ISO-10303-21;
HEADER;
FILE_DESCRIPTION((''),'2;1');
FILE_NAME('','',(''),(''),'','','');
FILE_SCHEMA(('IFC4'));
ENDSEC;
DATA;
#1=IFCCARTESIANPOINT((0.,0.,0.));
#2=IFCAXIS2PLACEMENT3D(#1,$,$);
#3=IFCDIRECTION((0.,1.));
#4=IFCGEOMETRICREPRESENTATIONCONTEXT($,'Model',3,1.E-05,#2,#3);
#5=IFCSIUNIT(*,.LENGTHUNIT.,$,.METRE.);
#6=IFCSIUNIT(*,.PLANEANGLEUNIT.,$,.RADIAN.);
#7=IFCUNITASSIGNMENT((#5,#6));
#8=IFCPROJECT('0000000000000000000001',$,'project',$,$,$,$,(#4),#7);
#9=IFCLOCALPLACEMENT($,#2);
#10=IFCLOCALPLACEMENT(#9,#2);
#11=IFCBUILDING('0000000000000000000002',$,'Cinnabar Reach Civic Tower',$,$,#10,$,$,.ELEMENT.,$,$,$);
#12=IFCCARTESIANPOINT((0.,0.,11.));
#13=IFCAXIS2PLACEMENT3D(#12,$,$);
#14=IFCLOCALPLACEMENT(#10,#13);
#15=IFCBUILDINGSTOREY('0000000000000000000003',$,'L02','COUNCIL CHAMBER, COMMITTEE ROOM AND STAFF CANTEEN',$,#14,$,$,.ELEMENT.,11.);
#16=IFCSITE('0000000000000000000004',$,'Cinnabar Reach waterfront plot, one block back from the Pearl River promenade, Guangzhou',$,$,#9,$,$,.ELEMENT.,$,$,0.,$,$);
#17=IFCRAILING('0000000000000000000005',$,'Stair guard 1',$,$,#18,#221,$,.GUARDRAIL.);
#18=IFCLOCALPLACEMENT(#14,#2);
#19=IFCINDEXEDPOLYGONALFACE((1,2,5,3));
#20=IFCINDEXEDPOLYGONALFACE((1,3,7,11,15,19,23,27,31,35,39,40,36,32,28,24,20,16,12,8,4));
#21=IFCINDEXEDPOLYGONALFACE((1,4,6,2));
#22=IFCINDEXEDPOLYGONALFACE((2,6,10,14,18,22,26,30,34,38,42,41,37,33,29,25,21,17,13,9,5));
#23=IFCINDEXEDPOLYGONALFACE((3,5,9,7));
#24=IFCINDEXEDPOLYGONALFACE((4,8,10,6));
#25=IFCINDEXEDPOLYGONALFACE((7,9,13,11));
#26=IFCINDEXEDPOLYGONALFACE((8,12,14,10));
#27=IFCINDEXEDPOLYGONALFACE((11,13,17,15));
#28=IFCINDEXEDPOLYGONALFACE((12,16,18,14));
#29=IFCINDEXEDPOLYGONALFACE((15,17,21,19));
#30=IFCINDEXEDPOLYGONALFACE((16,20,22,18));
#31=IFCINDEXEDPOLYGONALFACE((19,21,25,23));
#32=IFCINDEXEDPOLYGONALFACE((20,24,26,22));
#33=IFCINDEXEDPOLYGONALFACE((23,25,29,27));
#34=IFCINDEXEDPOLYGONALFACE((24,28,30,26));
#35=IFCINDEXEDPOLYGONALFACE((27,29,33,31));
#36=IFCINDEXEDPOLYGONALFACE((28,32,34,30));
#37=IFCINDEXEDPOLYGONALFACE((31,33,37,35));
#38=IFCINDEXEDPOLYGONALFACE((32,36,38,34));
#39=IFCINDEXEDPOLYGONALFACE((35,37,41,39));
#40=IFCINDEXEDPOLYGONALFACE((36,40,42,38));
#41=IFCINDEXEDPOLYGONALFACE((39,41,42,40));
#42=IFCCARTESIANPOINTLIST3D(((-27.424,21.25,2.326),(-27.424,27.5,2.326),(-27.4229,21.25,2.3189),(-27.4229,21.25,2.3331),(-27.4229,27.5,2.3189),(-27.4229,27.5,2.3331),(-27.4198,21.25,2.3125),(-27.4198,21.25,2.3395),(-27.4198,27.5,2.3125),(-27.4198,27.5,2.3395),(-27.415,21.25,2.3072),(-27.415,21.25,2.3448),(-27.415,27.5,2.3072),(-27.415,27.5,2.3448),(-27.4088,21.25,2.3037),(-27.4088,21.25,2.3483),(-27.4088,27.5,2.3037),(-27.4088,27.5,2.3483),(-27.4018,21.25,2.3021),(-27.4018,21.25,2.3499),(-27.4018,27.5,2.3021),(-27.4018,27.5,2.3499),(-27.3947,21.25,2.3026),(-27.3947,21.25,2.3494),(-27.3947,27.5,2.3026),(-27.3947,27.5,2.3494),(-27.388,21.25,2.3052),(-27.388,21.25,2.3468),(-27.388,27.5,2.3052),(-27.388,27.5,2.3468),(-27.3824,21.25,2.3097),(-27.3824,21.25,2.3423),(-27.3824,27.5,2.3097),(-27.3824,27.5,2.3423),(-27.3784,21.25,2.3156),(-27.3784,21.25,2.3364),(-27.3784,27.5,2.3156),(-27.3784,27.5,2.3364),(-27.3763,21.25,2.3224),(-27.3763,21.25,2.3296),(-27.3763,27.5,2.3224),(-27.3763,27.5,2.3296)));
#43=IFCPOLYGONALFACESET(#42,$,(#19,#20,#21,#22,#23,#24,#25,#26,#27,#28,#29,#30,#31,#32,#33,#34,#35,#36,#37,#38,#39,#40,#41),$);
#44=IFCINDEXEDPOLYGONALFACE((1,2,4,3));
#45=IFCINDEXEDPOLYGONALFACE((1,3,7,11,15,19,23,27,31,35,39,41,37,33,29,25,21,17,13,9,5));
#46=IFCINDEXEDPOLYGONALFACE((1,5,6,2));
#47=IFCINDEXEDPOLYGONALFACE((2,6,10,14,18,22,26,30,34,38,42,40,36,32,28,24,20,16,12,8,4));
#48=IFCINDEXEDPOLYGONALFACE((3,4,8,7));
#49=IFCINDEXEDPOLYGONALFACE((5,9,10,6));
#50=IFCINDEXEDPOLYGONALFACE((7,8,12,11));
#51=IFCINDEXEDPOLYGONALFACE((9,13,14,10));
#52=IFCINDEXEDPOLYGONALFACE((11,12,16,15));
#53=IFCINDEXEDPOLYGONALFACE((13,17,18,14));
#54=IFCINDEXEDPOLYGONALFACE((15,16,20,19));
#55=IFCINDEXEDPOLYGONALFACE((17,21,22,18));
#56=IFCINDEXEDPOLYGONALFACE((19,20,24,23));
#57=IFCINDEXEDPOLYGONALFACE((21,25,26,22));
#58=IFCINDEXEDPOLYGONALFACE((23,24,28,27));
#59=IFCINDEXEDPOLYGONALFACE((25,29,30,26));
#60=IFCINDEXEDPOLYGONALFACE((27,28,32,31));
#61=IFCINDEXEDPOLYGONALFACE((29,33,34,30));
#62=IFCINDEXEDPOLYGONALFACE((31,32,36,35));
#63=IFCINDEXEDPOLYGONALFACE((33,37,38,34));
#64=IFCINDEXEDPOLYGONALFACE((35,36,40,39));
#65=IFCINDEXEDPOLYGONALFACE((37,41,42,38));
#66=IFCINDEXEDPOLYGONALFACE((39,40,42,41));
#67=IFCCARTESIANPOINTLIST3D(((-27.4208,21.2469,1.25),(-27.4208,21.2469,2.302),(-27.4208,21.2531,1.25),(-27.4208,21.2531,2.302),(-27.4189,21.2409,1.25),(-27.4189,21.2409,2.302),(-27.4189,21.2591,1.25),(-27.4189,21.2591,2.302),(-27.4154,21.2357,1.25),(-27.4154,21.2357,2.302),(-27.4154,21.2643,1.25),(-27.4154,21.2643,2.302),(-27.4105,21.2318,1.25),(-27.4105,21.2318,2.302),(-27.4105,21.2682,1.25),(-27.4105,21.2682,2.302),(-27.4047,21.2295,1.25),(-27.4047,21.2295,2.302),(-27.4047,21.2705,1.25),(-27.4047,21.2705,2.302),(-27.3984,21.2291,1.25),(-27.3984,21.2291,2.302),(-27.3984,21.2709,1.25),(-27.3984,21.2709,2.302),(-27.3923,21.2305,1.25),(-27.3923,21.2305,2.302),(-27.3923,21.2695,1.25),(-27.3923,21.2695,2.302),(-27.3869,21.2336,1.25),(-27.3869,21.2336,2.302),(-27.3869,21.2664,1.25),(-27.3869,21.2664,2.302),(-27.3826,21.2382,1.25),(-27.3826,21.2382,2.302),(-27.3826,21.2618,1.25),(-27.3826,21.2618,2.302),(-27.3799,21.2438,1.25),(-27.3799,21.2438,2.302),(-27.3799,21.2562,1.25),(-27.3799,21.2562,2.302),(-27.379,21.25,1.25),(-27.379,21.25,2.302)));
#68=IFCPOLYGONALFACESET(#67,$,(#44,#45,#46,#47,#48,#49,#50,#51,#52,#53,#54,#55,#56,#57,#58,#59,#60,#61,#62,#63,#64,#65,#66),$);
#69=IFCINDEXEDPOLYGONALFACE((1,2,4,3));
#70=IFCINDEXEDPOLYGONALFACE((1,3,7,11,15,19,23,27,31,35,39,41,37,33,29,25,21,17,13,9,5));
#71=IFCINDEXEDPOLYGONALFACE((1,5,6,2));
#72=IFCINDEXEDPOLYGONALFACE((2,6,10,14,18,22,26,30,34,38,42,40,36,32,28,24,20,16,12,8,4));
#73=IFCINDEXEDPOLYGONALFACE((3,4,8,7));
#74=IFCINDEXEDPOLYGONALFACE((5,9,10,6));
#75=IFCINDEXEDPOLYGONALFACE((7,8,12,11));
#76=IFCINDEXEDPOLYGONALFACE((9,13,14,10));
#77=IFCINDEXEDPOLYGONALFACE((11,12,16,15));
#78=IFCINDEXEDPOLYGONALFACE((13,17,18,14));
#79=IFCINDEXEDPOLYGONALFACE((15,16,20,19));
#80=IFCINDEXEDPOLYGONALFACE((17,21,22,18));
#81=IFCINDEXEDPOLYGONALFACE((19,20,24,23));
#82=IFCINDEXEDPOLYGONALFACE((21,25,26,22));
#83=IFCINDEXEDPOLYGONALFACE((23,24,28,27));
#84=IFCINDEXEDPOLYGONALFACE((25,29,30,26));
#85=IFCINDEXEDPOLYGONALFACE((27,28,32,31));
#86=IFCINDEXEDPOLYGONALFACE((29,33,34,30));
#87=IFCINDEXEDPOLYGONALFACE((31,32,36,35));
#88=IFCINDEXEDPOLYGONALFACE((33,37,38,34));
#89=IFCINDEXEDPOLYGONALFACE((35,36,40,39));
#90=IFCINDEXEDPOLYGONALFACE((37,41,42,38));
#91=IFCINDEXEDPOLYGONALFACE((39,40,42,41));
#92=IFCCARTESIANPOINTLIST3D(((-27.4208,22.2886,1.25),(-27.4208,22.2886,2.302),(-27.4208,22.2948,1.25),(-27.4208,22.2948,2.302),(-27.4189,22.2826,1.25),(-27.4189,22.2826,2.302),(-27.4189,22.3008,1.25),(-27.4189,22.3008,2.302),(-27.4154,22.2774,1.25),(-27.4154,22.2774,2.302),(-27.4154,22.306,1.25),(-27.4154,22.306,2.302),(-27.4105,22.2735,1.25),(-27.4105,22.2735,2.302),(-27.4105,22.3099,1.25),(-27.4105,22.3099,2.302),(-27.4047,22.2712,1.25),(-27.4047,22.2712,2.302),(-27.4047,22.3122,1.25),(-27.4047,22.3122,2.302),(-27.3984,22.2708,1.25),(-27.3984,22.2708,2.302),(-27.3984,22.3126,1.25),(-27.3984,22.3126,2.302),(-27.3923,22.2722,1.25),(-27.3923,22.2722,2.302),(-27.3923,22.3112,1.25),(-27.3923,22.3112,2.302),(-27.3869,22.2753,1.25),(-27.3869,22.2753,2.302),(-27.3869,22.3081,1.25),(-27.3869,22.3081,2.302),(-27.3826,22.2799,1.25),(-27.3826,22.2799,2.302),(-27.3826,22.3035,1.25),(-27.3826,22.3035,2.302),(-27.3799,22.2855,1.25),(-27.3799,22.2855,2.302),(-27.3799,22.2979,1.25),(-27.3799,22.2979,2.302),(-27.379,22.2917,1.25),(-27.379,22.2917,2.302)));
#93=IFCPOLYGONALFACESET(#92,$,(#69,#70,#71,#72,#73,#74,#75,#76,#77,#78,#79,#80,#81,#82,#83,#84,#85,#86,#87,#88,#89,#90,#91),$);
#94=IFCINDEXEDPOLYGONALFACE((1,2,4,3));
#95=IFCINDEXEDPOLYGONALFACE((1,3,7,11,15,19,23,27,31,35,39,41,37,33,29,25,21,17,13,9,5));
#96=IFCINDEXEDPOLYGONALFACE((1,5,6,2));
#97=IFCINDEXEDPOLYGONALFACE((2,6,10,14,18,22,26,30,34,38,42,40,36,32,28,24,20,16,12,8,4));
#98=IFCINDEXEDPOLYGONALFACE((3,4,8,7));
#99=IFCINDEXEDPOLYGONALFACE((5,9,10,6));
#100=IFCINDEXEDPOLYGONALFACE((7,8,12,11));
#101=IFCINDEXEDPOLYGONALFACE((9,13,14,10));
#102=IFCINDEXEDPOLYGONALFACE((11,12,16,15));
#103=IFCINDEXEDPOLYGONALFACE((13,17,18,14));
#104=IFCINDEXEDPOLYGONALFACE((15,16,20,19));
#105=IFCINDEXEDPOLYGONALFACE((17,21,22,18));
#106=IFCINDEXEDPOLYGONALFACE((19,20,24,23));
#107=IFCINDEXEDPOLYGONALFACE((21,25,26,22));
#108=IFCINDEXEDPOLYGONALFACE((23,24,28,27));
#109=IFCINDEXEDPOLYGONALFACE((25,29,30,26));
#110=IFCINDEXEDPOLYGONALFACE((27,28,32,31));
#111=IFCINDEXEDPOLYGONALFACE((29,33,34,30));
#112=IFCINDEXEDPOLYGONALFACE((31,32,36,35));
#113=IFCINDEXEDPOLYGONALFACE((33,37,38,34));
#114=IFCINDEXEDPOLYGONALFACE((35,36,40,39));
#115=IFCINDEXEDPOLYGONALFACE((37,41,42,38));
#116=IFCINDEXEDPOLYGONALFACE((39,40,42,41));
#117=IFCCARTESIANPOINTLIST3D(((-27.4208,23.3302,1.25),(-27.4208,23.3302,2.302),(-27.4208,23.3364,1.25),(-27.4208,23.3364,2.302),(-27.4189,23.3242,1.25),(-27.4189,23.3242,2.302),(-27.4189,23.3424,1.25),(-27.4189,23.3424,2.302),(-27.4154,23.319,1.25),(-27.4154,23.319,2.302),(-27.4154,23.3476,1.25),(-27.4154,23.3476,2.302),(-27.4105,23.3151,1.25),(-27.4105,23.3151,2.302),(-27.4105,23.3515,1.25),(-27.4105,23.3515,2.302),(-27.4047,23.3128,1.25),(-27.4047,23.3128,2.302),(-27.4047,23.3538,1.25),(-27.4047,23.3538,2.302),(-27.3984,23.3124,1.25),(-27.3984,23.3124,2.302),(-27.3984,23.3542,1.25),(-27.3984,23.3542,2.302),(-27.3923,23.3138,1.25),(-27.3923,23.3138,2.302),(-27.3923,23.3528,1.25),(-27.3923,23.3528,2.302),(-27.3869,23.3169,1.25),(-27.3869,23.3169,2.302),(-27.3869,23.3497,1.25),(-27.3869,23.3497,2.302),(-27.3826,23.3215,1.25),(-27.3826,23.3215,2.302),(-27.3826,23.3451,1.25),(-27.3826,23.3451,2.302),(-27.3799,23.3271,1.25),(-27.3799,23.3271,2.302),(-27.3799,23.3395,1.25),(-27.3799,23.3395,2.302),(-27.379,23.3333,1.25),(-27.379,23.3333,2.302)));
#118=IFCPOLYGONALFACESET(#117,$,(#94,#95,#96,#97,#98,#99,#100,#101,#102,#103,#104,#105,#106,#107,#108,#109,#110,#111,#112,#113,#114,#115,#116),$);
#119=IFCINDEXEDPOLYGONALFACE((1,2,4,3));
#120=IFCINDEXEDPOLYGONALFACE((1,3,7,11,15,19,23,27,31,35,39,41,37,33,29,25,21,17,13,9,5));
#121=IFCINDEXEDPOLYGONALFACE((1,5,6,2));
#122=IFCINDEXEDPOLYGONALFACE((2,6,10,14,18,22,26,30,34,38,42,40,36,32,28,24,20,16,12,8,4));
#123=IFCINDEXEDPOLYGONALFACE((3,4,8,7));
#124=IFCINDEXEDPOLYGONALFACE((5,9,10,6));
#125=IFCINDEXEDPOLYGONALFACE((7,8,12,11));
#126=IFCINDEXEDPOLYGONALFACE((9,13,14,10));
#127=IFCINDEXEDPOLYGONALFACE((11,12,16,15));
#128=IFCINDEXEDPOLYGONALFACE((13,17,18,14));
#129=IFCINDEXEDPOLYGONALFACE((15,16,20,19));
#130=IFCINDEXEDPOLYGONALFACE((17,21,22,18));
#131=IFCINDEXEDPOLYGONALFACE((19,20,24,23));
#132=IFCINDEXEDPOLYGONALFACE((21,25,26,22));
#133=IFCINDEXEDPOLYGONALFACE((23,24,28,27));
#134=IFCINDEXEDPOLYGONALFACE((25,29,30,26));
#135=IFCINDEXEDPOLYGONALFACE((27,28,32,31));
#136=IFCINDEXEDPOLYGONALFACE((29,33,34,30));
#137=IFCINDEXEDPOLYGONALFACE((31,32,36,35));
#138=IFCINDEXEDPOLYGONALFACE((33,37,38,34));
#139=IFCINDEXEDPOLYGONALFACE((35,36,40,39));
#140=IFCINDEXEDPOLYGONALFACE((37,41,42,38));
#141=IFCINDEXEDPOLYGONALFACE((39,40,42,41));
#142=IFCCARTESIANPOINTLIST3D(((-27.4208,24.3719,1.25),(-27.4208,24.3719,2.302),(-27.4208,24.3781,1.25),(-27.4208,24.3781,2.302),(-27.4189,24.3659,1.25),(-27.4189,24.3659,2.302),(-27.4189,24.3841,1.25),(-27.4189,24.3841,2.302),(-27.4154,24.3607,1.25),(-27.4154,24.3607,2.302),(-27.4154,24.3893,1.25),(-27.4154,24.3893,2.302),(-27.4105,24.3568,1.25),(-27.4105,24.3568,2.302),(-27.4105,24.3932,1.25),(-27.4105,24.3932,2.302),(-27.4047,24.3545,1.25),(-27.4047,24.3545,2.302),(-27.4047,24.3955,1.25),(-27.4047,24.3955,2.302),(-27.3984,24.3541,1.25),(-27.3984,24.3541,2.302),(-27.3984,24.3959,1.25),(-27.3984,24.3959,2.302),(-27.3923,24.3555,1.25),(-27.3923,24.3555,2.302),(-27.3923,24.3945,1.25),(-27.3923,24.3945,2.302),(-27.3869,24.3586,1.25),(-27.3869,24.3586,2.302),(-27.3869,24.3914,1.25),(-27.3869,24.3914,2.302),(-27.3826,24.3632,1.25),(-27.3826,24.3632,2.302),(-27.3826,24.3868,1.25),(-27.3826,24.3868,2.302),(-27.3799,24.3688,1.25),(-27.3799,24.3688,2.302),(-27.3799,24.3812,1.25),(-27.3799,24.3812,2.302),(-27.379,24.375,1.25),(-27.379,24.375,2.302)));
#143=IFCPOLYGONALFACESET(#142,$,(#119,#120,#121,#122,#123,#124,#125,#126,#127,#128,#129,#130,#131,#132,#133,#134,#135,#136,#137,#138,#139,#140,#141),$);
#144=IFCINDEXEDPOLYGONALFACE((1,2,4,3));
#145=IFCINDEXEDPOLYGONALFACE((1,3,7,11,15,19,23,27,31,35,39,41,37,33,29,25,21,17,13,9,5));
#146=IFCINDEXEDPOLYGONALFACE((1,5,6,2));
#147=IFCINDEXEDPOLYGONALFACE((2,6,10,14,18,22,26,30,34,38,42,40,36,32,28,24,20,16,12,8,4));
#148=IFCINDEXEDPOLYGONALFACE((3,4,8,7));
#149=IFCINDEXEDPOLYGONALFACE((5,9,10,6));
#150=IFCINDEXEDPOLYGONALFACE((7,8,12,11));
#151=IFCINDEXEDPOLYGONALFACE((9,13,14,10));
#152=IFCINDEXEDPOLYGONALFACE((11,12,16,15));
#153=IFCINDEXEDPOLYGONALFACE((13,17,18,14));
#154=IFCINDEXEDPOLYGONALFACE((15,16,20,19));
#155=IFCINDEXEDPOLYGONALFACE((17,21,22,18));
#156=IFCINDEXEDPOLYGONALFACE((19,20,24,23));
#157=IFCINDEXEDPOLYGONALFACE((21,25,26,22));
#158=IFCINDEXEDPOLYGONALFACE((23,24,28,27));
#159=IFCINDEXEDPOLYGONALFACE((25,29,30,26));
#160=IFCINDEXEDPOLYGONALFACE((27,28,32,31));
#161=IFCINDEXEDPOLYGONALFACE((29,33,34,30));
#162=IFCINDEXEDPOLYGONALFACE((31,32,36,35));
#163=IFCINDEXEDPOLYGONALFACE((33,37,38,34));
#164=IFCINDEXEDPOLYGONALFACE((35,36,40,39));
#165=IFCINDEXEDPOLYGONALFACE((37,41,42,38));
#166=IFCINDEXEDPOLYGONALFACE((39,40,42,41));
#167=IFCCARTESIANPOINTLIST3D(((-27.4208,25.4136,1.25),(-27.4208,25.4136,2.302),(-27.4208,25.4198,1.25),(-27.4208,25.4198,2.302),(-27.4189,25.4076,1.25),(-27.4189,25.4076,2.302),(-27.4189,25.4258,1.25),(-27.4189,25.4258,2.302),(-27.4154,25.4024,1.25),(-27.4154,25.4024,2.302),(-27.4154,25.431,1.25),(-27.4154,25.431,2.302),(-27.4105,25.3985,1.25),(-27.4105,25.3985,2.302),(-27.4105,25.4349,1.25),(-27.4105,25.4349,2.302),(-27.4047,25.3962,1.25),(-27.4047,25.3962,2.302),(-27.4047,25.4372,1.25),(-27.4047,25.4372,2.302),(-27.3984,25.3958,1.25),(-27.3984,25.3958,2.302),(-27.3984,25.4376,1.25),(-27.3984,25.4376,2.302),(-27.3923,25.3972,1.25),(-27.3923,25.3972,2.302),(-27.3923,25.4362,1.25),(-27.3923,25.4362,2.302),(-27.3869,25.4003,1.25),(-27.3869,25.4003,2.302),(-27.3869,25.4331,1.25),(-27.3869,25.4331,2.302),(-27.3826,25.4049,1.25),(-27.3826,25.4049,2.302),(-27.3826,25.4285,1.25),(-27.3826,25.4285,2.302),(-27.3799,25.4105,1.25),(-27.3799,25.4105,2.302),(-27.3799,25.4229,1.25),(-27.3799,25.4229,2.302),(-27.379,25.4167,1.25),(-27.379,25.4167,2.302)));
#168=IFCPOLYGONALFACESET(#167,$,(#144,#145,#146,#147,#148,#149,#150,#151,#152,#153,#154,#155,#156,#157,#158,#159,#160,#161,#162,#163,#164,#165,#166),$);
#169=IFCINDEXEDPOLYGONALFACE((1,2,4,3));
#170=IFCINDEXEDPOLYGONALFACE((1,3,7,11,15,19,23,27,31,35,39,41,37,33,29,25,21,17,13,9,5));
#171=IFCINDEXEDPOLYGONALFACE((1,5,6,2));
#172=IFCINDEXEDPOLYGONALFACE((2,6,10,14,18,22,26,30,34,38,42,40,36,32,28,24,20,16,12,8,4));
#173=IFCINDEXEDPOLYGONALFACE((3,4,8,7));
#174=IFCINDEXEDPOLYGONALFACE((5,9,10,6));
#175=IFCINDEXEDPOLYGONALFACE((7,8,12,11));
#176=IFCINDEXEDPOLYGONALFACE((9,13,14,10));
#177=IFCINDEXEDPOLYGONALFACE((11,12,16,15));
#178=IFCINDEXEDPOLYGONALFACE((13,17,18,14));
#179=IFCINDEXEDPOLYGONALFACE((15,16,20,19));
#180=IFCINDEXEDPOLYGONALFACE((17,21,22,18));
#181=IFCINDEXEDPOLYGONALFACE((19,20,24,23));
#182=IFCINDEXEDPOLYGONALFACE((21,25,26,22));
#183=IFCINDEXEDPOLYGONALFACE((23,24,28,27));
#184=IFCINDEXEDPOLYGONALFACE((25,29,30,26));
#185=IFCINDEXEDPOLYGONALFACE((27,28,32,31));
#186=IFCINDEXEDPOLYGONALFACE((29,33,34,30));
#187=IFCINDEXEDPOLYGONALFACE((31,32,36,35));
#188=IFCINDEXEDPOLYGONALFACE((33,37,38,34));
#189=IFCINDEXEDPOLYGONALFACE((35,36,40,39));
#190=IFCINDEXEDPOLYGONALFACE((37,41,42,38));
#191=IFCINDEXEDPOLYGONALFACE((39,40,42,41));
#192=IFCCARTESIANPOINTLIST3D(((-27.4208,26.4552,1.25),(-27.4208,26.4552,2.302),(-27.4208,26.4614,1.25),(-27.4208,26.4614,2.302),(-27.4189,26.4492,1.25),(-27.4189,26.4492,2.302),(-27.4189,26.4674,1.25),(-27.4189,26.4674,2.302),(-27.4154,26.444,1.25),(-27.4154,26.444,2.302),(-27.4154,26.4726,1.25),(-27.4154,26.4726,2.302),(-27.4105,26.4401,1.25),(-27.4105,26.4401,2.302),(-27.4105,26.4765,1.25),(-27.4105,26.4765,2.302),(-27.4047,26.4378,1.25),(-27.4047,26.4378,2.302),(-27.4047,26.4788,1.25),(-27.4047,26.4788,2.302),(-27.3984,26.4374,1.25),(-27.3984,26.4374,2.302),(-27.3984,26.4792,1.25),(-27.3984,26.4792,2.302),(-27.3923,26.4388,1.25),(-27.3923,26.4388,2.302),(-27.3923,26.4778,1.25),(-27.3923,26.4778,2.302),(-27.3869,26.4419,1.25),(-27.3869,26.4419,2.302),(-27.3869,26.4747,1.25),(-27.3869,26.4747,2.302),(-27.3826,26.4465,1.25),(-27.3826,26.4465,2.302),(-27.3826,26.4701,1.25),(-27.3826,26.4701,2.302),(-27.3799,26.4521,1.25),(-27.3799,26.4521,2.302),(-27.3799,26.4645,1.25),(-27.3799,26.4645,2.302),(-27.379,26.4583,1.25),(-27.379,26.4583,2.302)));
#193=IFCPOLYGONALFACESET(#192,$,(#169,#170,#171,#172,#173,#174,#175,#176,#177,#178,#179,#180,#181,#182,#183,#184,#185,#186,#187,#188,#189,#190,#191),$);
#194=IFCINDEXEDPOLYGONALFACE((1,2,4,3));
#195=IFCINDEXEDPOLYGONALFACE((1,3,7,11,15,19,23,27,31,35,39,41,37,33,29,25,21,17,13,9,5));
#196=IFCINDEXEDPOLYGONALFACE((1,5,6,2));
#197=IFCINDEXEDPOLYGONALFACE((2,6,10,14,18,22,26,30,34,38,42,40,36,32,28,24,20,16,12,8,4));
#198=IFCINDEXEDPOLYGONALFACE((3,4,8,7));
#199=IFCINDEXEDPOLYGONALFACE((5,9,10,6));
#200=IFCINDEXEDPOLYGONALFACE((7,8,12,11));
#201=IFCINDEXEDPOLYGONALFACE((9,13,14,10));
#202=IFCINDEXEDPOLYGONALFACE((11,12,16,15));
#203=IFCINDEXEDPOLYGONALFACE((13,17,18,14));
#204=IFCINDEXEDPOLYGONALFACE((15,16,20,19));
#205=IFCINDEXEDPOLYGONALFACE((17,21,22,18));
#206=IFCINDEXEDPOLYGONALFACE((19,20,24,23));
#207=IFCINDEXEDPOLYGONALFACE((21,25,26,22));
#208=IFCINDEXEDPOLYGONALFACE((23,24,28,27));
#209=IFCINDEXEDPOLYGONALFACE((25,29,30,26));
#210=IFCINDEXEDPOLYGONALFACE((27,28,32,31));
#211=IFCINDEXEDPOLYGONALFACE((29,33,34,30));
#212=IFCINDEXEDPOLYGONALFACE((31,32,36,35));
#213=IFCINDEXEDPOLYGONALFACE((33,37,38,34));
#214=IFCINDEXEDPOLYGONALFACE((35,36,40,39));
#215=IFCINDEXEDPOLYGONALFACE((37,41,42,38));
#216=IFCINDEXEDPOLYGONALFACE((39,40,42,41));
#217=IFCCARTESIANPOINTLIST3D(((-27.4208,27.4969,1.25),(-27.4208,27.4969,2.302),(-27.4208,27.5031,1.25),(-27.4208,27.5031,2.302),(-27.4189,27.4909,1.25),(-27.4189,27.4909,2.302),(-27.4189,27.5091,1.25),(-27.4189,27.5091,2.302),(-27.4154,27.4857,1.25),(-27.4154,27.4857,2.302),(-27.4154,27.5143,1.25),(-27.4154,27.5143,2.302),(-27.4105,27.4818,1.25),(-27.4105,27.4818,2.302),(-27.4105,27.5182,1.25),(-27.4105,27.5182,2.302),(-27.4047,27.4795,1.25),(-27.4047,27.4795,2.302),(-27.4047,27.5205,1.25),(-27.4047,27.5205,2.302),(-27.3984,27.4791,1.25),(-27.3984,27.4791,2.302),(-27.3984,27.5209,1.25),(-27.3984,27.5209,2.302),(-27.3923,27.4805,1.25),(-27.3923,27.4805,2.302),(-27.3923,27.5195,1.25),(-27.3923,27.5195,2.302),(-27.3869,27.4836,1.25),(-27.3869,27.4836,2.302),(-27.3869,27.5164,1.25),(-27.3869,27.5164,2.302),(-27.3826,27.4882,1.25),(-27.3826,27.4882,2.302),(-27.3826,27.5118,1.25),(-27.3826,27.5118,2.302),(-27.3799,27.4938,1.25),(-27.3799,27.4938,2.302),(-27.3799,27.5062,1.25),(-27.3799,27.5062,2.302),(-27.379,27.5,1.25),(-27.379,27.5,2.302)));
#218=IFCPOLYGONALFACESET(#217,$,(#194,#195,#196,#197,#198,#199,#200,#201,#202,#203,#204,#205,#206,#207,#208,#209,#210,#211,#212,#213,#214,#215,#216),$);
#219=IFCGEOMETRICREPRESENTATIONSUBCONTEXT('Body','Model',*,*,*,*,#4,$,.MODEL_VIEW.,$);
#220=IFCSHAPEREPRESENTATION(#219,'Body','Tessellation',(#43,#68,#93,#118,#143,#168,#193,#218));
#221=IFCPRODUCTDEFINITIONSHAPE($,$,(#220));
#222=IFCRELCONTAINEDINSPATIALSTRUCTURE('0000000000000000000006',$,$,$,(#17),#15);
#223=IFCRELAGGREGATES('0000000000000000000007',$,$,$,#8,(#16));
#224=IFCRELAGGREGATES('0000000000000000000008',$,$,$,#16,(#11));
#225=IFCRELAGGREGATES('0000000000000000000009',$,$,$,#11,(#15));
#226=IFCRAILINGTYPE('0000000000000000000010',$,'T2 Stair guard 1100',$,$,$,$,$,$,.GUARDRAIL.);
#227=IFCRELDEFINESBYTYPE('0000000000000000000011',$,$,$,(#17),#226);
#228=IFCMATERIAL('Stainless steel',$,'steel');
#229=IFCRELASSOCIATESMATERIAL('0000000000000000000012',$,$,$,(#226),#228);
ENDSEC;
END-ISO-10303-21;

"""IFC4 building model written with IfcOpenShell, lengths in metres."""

from ifc_helpers import new_model, si_unit, direction, frame, origin, origin_2d, place, context, subcontext, project, spatial, circle, extrude, material, type_object, element, save


model = new_model("IFC4")

# Units and contexts
model_context = context("Model", 3, precision=1e-05, world=origin(), true_north=direction((0.0, 1.0)))
body_context = subcontext(model_context, "Body", "Model", "MODEL_VIEW")
ifc_project = project(units=[si_unit("LENGTHUNIT", "METRE"), si_unit("PLANEANGLEUNIT", "RADIAN")], contexts=[model_context])

# Site, building, storey
site_placement = place(None, origin())
site = spatial("IfcSite", under=ifc_project, at=site_placement, Name="Cinnabar Reach waterfront plot, one block back from the Pearl River promenade, Guangzhou", CompositionType="ELEMENT", RefElevation=0.0)
building_placement = place(site_placement, origin())
building = spatial("IfcBuilding", under=site, at=building_placement, Name="Cinnabar Reach Civic Tower", CompositionType="ELEMENT")
storey_placement = place(building_placement, frame((0.0, 0.0, 11.0)))
storey = spatial("IfcBuildingStorey", under=building, at=storey_placement, Name="L02", Description="COUNCIL CHAMBER, COMMITTEE ROOM AND STAFF CANTEEN", CompositionType="ELEMENT", Elevation=11.0)

# Railing
ifc_material_1 = material(Name="Stainless steel", Category="steel")
railing_type = type_object("IfcRailingType", Name="T2 Stair guard 1100", PredefinedType="GUARDRAIL", material=ifc_material_1)
for number, where, name in (
    (1, (-27.4, 21.25, 1.25), "Stair guard 1"),
):
    element("IfcRailing", number, at=place(storey_placement, frame(where)), inside=storey, type_object=railing_type, Name=name, PredefinedType="GUARDRAIL", context=body_context, shape_type="SweptSolid", body=[
        extrude(circle(Radius=0.024, at=origin_2d()), frame((0.0, 0.0, 1.076), z_axis=(0.0, 1.0, 0.0), x_axis=(-1.0, 0.0, 0.0)), (0.0, 0.0, 1.0), 6.25),
        extrude(circle(Radius=0.021, at=origin_2d()), origin(), (0.0, 0.0, 1.0), 1.052),
        extrude(circle(Radius=0.021, at=origin_2d()), frame((0.0, 1.0417, 0.0)), (0.0, 0.0, 1.0), 1.052),
        extrude(circle(Radius=0.021, at=origin_2d()), frame((0.0, 2.0833, 0.0)), (0.0, 0.0, 1.0), 1.052),
        extrude(circle(Radius=0.021, at=origin_2d()), frame((0.0, 3.125, 0.0)), (0.0, 0.0, 1.0), 1.052),
        extrude(circle(Radius=0.021, at=origin_2d()), frame((0.0, 4.1667, 0.0)), (0.0, 0.0, 1.0), 1.052),
        extrude(circle(Radius=0.021, at=origin_2d()), frame((0.0, 5.2083, 0.0)), (0.0, 0.0, 1.0), 1.052),
        extrude(circle(Radius=0.021, at=origin_2d()), frame((0.0, 6.25, 0.0)), (0.0, 0.0, 1.0), 1.052),
    ])

save(model, "model.ifc")
